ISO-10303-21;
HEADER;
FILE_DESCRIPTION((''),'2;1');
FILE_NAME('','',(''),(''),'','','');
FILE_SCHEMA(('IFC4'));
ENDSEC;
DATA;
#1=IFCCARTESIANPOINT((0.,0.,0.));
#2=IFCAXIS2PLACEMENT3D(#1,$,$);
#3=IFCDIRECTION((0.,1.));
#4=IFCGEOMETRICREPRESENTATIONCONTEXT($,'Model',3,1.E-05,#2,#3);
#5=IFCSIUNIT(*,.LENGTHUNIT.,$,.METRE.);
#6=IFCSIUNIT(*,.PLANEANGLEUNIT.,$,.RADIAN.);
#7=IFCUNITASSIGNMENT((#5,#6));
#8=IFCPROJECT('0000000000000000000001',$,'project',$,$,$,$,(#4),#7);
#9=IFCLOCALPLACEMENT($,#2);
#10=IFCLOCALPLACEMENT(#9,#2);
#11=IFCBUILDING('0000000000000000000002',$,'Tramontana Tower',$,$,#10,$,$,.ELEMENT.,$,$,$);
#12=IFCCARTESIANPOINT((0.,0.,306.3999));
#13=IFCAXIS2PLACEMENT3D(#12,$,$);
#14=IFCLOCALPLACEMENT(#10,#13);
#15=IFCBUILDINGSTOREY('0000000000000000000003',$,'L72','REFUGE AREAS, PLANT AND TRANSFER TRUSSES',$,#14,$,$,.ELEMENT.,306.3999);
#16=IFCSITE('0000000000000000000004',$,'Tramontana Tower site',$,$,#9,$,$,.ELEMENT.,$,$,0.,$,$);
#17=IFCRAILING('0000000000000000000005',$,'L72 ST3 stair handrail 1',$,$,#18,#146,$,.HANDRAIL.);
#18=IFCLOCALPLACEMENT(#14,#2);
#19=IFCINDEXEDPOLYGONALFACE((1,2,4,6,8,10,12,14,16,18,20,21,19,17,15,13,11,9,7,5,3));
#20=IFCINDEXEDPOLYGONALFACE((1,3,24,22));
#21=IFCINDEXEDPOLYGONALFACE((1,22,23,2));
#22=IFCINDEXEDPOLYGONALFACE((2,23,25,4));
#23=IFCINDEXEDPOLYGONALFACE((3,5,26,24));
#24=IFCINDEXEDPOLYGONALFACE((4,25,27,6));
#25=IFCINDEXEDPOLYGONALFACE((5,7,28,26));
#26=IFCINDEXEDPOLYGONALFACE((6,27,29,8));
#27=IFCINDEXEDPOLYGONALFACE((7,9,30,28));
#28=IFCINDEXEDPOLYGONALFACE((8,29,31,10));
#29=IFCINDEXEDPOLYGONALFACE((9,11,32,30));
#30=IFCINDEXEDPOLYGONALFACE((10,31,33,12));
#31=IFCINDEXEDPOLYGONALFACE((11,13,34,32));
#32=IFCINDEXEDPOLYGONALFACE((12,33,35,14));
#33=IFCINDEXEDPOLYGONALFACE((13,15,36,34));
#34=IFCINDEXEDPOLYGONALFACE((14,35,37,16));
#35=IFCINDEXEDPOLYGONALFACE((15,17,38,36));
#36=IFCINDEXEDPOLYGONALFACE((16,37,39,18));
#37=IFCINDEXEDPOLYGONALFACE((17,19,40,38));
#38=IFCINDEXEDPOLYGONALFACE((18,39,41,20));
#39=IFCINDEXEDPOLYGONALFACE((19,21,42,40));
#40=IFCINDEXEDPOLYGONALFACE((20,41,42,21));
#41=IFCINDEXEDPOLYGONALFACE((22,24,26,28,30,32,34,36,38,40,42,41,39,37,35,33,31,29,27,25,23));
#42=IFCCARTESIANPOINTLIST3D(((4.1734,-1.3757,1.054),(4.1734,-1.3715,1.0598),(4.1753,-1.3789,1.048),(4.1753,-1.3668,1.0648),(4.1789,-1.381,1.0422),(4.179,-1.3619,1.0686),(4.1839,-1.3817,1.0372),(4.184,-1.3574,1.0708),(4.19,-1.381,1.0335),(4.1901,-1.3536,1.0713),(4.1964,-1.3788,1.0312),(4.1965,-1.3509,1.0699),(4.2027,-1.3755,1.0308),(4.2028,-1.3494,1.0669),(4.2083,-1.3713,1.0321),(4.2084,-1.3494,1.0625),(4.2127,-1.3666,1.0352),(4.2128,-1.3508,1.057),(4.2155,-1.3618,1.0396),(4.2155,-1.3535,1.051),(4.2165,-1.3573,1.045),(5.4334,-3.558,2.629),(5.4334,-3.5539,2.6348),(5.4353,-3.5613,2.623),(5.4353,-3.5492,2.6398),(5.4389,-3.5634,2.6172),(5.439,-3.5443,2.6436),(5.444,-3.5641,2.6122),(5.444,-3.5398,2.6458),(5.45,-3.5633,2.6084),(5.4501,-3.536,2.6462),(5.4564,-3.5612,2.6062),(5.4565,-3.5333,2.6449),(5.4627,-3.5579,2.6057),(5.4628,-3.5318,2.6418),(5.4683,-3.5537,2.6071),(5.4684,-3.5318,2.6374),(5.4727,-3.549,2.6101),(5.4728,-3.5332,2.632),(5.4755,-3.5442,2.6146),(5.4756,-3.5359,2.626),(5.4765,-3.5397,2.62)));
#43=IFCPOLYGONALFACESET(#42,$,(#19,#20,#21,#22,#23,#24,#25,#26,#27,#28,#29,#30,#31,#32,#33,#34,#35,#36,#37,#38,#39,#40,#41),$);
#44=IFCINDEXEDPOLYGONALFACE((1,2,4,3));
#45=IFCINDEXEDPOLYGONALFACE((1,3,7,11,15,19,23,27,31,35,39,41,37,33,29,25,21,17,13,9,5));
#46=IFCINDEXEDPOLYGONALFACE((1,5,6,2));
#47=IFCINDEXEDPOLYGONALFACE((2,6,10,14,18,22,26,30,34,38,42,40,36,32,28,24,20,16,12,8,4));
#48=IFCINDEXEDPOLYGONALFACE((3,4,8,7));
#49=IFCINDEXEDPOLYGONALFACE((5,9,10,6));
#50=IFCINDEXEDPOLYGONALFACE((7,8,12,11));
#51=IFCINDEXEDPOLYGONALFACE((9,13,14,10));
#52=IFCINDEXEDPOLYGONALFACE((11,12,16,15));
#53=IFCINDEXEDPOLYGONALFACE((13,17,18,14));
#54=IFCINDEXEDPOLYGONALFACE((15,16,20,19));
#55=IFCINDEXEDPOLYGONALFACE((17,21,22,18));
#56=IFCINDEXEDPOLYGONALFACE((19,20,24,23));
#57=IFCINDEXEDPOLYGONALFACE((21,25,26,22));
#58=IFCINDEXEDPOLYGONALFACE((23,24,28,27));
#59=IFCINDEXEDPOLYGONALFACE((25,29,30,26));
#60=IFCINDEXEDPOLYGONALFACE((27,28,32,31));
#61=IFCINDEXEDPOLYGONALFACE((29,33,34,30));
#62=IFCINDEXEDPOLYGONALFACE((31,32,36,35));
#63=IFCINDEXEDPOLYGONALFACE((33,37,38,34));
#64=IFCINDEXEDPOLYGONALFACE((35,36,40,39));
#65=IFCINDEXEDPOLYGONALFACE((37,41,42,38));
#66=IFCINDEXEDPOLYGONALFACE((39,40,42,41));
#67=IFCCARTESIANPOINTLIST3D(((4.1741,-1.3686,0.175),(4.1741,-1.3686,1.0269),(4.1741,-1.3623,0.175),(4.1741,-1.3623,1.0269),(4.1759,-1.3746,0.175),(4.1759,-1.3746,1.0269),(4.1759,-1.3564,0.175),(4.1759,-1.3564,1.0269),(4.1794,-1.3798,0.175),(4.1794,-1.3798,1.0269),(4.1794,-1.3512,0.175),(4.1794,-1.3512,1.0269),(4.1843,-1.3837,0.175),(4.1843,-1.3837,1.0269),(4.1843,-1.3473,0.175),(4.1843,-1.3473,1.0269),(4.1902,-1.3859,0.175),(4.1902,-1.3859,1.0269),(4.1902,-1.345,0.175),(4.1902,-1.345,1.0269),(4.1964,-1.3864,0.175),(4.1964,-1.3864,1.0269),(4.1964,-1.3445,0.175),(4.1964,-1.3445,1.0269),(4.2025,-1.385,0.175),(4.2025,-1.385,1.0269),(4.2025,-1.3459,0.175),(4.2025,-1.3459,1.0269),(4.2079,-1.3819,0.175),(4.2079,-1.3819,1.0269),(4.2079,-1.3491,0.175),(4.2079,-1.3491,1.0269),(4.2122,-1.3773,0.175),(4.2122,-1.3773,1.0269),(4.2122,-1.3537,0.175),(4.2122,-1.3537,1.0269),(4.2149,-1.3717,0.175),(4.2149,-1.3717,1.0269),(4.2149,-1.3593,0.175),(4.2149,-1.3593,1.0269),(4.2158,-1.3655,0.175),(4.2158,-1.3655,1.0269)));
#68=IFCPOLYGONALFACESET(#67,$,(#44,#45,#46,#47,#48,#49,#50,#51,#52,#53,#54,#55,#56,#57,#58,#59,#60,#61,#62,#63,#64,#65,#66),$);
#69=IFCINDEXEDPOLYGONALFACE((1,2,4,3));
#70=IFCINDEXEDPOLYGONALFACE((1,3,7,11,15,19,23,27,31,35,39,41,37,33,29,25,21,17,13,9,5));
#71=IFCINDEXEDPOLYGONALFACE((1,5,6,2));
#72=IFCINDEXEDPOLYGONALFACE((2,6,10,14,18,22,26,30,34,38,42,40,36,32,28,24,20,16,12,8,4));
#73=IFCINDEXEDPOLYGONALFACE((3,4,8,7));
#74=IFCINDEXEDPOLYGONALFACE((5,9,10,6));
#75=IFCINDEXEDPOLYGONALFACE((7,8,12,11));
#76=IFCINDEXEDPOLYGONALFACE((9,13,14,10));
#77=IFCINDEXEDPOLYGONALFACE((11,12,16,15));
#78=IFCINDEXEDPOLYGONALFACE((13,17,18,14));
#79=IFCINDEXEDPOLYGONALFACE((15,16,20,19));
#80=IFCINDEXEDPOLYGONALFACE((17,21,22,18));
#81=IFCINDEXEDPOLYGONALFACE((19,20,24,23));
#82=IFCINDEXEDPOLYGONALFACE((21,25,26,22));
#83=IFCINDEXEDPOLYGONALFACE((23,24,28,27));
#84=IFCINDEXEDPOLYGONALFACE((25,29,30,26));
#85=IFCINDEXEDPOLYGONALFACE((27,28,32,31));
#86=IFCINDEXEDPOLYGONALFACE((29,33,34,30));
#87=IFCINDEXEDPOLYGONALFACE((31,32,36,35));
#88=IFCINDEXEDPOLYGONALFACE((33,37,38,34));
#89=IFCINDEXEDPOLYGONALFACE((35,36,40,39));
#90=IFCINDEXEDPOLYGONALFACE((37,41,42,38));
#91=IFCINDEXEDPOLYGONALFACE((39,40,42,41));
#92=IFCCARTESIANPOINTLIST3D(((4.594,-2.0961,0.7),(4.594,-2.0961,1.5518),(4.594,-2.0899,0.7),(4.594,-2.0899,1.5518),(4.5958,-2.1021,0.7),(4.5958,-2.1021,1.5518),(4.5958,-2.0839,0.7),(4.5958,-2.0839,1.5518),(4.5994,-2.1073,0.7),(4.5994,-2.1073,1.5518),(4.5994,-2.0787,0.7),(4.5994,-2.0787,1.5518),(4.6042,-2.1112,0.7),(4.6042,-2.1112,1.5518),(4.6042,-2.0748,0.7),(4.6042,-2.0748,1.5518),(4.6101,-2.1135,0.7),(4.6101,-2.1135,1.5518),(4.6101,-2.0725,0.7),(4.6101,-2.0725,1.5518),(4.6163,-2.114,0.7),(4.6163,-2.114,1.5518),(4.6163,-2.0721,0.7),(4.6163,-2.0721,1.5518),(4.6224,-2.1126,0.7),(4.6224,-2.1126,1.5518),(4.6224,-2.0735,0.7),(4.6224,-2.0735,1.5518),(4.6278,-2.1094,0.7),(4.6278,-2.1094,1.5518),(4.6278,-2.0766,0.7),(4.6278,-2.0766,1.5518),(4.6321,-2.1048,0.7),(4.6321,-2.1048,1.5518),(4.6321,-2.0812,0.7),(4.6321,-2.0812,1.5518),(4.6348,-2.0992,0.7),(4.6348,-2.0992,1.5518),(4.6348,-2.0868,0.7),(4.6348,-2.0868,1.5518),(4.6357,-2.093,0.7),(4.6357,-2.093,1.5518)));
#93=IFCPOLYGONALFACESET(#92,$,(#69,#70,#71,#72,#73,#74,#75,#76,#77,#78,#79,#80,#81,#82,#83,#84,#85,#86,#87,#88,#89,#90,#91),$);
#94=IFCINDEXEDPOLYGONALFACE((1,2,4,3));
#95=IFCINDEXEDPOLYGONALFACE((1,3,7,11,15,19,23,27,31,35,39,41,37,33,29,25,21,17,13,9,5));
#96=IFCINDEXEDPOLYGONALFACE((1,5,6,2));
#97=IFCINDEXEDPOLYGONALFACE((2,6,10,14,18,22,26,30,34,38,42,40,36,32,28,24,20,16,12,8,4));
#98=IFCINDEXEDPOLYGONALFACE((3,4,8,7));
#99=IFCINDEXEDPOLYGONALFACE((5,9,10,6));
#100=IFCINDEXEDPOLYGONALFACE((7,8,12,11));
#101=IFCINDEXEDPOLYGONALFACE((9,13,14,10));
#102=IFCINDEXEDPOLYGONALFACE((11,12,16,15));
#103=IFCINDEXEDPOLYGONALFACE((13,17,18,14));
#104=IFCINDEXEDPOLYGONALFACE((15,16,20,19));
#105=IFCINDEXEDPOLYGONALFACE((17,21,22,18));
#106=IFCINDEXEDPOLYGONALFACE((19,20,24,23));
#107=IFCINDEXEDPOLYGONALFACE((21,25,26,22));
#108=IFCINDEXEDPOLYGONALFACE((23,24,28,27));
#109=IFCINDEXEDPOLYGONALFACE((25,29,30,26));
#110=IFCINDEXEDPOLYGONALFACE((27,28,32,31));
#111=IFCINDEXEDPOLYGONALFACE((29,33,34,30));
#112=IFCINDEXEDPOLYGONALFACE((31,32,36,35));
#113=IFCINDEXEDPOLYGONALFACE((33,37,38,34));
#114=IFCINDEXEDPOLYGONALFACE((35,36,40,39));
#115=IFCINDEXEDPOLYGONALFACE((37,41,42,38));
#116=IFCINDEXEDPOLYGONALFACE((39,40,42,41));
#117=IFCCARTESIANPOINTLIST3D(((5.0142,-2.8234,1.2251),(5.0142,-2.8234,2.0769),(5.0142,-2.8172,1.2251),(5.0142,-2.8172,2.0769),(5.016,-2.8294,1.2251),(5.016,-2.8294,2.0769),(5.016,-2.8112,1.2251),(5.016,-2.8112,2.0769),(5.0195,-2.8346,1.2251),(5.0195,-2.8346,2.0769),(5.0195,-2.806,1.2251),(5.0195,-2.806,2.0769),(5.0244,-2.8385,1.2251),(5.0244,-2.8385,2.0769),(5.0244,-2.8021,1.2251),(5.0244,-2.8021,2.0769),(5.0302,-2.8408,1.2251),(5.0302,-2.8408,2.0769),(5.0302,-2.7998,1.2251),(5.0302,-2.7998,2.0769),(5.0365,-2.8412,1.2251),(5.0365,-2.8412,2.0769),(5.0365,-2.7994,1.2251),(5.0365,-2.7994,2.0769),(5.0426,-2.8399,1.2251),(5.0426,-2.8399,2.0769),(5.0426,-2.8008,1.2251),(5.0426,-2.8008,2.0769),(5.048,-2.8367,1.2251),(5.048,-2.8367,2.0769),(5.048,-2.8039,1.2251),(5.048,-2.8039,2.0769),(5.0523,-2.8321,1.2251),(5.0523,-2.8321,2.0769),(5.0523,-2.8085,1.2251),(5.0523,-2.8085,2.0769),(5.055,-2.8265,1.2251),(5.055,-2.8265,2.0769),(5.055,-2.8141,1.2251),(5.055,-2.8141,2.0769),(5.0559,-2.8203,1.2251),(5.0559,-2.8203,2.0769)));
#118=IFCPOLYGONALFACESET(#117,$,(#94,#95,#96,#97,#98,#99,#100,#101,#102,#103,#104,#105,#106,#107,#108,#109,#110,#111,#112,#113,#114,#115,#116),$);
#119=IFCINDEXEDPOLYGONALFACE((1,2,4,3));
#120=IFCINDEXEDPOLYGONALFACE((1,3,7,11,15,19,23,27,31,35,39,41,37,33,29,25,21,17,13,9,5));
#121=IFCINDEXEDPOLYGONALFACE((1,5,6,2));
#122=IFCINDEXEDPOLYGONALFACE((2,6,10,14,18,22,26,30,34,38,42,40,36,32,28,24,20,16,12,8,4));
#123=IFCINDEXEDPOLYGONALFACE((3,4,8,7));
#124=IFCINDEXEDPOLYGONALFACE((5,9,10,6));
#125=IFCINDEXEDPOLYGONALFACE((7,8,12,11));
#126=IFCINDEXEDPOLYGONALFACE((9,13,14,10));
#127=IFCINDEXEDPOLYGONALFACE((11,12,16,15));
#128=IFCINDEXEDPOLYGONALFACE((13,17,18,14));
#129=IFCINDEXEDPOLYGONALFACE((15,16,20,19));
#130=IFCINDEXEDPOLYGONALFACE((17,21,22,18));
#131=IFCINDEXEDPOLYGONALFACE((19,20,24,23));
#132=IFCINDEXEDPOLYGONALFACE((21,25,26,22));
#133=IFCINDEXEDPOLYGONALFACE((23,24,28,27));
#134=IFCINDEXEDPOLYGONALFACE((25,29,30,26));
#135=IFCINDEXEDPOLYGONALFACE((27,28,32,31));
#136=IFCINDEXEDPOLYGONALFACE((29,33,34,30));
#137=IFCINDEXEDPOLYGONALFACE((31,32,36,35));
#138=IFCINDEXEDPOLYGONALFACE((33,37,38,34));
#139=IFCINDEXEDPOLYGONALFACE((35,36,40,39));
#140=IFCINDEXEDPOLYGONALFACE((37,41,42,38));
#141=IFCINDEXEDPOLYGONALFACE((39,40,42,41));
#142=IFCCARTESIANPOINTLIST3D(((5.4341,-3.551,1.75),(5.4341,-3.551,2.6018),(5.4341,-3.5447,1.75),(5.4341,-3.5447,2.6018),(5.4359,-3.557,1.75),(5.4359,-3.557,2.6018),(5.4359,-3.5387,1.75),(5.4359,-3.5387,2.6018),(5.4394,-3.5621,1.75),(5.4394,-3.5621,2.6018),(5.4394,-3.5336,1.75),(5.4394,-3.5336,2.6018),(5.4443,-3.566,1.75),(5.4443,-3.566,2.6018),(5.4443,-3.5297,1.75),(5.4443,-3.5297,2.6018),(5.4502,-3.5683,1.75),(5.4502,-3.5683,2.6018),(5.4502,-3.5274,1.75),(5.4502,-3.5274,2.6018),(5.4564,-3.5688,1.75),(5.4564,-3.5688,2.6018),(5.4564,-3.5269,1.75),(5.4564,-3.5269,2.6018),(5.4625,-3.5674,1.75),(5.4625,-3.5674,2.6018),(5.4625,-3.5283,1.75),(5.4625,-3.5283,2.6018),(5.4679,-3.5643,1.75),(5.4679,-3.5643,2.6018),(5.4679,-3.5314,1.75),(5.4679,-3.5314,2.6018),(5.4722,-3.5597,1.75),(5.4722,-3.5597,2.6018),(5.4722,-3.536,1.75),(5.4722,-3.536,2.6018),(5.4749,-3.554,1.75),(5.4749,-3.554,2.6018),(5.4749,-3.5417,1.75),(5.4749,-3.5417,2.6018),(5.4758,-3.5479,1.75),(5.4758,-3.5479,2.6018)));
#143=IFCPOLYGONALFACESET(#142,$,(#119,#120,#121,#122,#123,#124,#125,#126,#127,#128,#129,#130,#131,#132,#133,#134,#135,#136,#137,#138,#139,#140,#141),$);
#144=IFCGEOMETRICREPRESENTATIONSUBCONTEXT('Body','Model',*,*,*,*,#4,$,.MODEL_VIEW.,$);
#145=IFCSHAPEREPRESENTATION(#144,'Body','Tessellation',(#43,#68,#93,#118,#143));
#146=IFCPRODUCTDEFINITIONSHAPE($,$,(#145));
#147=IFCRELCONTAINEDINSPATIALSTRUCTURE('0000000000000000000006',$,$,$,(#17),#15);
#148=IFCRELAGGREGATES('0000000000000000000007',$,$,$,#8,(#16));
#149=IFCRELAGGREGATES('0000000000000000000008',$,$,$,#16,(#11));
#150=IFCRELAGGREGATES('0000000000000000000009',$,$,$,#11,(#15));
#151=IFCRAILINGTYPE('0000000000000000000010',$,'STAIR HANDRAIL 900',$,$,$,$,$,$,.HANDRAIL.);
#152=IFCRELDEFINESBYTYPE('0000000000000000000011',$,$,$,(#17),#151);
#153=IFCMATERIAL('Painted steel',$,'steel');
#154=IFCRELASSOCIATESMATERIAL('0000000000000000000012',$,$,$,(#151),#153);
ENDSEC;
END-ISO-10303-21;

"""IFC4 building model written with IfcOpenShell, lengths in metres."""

from ifc_helpers import new_model, si_unit, direction, frame, origin, origin_2d, place, context, subcontext, project, spatial, circle, extrude, material, type_object, element, save


model = new_model("IFC4")

# Units and contexts
model_context = context("Model", 3, precision=1e-05, world=origin(), true_north=direction((0.0, 1.0)))
body_context = subcontext(model_context, "Body", "Model", "MODEL_VIEW")
ifc_project = project(units=[si_unit("LENGTHUNIT", "METRE"), si_unit("PLANEANGLEUNIT", "RADIAN")], contexts=[model_context])

# Site, building, storey
site_placement = place(None, origin())
site = spatial("IfcSite", under=ifc_project, at=site_placement, Name="Tramontana Tower site", CompositionType="ELEMENT", RefElevation=0.0)
building_placement = place(site_placement, origin())
building = spatial("IfcBuilding", under=site, at=building_placement, Name="Tramontana Tower", CompositionType="ELEMENT")
storey_placement = place(building_placement, frame((0.0, 0.0, 306.3999)))
storey = spatial("IfcBuildingStorey", under=building, at=storey_placement, Name="L72", Description="REFUGE AREAS, PLANT AND TRANSFER TRUSSES", CompositionType="ELEMENT", Elevation=306.3999)

# Railing
ifc_material_1 = material(Name="Painted steel", Category="steel")
railing_type_1 = type_object("IfcRailingType", Name="STAIR HANDRAIL 900", PredefinedType="HANDRAIL", material=ifc_material_1)
for number, where, name in (
    (1, (4.1948, -1.3655, 0.175), "L72 ST3 stair handrail 1"),
):
    element("IfcRailing", number, at=place(storey_placement, frame(where)), inside=storey, type_object=railing_type_1, Name=name, PredefinedType="HANDRAIL", context=body_context, shape_type="SweptSolid", body=[
        extrude(circle(Radius=0.0239, at=origin_2d()), frame((0.0, 0.0, 0.876), z_axis=(0.424007, -0.734392, 0.529988), x_axis=(0.866023, 0.500005, 0.0)), (0.0, 0.0, 1.0), 2.9717),
        extrude(circle(Radius=0.021, at=origin_2d()), origin(), (0.0, 0.0, 1.0), 0.8518),
        extrude(circle(Radius=0.021, at=origin_2d()), frame((0.4199, -0.7275, 0.5249)), (0.0, 0.0, 1.0), 0.8518),
        extrude(circle(Radius=0.021, at=origin_2d()), frame((0.8401, -1.4548, 1.05)), (0.0, 0.0, 1.0), 0.8518),
        extrude(circle(Radius=0.021, at=origin_2d()), frame((1.26, -2.1824, 1.575)), (0.0, 0.0, 1.0), 0.8518),
    ])

save(model, "model.ifc")
